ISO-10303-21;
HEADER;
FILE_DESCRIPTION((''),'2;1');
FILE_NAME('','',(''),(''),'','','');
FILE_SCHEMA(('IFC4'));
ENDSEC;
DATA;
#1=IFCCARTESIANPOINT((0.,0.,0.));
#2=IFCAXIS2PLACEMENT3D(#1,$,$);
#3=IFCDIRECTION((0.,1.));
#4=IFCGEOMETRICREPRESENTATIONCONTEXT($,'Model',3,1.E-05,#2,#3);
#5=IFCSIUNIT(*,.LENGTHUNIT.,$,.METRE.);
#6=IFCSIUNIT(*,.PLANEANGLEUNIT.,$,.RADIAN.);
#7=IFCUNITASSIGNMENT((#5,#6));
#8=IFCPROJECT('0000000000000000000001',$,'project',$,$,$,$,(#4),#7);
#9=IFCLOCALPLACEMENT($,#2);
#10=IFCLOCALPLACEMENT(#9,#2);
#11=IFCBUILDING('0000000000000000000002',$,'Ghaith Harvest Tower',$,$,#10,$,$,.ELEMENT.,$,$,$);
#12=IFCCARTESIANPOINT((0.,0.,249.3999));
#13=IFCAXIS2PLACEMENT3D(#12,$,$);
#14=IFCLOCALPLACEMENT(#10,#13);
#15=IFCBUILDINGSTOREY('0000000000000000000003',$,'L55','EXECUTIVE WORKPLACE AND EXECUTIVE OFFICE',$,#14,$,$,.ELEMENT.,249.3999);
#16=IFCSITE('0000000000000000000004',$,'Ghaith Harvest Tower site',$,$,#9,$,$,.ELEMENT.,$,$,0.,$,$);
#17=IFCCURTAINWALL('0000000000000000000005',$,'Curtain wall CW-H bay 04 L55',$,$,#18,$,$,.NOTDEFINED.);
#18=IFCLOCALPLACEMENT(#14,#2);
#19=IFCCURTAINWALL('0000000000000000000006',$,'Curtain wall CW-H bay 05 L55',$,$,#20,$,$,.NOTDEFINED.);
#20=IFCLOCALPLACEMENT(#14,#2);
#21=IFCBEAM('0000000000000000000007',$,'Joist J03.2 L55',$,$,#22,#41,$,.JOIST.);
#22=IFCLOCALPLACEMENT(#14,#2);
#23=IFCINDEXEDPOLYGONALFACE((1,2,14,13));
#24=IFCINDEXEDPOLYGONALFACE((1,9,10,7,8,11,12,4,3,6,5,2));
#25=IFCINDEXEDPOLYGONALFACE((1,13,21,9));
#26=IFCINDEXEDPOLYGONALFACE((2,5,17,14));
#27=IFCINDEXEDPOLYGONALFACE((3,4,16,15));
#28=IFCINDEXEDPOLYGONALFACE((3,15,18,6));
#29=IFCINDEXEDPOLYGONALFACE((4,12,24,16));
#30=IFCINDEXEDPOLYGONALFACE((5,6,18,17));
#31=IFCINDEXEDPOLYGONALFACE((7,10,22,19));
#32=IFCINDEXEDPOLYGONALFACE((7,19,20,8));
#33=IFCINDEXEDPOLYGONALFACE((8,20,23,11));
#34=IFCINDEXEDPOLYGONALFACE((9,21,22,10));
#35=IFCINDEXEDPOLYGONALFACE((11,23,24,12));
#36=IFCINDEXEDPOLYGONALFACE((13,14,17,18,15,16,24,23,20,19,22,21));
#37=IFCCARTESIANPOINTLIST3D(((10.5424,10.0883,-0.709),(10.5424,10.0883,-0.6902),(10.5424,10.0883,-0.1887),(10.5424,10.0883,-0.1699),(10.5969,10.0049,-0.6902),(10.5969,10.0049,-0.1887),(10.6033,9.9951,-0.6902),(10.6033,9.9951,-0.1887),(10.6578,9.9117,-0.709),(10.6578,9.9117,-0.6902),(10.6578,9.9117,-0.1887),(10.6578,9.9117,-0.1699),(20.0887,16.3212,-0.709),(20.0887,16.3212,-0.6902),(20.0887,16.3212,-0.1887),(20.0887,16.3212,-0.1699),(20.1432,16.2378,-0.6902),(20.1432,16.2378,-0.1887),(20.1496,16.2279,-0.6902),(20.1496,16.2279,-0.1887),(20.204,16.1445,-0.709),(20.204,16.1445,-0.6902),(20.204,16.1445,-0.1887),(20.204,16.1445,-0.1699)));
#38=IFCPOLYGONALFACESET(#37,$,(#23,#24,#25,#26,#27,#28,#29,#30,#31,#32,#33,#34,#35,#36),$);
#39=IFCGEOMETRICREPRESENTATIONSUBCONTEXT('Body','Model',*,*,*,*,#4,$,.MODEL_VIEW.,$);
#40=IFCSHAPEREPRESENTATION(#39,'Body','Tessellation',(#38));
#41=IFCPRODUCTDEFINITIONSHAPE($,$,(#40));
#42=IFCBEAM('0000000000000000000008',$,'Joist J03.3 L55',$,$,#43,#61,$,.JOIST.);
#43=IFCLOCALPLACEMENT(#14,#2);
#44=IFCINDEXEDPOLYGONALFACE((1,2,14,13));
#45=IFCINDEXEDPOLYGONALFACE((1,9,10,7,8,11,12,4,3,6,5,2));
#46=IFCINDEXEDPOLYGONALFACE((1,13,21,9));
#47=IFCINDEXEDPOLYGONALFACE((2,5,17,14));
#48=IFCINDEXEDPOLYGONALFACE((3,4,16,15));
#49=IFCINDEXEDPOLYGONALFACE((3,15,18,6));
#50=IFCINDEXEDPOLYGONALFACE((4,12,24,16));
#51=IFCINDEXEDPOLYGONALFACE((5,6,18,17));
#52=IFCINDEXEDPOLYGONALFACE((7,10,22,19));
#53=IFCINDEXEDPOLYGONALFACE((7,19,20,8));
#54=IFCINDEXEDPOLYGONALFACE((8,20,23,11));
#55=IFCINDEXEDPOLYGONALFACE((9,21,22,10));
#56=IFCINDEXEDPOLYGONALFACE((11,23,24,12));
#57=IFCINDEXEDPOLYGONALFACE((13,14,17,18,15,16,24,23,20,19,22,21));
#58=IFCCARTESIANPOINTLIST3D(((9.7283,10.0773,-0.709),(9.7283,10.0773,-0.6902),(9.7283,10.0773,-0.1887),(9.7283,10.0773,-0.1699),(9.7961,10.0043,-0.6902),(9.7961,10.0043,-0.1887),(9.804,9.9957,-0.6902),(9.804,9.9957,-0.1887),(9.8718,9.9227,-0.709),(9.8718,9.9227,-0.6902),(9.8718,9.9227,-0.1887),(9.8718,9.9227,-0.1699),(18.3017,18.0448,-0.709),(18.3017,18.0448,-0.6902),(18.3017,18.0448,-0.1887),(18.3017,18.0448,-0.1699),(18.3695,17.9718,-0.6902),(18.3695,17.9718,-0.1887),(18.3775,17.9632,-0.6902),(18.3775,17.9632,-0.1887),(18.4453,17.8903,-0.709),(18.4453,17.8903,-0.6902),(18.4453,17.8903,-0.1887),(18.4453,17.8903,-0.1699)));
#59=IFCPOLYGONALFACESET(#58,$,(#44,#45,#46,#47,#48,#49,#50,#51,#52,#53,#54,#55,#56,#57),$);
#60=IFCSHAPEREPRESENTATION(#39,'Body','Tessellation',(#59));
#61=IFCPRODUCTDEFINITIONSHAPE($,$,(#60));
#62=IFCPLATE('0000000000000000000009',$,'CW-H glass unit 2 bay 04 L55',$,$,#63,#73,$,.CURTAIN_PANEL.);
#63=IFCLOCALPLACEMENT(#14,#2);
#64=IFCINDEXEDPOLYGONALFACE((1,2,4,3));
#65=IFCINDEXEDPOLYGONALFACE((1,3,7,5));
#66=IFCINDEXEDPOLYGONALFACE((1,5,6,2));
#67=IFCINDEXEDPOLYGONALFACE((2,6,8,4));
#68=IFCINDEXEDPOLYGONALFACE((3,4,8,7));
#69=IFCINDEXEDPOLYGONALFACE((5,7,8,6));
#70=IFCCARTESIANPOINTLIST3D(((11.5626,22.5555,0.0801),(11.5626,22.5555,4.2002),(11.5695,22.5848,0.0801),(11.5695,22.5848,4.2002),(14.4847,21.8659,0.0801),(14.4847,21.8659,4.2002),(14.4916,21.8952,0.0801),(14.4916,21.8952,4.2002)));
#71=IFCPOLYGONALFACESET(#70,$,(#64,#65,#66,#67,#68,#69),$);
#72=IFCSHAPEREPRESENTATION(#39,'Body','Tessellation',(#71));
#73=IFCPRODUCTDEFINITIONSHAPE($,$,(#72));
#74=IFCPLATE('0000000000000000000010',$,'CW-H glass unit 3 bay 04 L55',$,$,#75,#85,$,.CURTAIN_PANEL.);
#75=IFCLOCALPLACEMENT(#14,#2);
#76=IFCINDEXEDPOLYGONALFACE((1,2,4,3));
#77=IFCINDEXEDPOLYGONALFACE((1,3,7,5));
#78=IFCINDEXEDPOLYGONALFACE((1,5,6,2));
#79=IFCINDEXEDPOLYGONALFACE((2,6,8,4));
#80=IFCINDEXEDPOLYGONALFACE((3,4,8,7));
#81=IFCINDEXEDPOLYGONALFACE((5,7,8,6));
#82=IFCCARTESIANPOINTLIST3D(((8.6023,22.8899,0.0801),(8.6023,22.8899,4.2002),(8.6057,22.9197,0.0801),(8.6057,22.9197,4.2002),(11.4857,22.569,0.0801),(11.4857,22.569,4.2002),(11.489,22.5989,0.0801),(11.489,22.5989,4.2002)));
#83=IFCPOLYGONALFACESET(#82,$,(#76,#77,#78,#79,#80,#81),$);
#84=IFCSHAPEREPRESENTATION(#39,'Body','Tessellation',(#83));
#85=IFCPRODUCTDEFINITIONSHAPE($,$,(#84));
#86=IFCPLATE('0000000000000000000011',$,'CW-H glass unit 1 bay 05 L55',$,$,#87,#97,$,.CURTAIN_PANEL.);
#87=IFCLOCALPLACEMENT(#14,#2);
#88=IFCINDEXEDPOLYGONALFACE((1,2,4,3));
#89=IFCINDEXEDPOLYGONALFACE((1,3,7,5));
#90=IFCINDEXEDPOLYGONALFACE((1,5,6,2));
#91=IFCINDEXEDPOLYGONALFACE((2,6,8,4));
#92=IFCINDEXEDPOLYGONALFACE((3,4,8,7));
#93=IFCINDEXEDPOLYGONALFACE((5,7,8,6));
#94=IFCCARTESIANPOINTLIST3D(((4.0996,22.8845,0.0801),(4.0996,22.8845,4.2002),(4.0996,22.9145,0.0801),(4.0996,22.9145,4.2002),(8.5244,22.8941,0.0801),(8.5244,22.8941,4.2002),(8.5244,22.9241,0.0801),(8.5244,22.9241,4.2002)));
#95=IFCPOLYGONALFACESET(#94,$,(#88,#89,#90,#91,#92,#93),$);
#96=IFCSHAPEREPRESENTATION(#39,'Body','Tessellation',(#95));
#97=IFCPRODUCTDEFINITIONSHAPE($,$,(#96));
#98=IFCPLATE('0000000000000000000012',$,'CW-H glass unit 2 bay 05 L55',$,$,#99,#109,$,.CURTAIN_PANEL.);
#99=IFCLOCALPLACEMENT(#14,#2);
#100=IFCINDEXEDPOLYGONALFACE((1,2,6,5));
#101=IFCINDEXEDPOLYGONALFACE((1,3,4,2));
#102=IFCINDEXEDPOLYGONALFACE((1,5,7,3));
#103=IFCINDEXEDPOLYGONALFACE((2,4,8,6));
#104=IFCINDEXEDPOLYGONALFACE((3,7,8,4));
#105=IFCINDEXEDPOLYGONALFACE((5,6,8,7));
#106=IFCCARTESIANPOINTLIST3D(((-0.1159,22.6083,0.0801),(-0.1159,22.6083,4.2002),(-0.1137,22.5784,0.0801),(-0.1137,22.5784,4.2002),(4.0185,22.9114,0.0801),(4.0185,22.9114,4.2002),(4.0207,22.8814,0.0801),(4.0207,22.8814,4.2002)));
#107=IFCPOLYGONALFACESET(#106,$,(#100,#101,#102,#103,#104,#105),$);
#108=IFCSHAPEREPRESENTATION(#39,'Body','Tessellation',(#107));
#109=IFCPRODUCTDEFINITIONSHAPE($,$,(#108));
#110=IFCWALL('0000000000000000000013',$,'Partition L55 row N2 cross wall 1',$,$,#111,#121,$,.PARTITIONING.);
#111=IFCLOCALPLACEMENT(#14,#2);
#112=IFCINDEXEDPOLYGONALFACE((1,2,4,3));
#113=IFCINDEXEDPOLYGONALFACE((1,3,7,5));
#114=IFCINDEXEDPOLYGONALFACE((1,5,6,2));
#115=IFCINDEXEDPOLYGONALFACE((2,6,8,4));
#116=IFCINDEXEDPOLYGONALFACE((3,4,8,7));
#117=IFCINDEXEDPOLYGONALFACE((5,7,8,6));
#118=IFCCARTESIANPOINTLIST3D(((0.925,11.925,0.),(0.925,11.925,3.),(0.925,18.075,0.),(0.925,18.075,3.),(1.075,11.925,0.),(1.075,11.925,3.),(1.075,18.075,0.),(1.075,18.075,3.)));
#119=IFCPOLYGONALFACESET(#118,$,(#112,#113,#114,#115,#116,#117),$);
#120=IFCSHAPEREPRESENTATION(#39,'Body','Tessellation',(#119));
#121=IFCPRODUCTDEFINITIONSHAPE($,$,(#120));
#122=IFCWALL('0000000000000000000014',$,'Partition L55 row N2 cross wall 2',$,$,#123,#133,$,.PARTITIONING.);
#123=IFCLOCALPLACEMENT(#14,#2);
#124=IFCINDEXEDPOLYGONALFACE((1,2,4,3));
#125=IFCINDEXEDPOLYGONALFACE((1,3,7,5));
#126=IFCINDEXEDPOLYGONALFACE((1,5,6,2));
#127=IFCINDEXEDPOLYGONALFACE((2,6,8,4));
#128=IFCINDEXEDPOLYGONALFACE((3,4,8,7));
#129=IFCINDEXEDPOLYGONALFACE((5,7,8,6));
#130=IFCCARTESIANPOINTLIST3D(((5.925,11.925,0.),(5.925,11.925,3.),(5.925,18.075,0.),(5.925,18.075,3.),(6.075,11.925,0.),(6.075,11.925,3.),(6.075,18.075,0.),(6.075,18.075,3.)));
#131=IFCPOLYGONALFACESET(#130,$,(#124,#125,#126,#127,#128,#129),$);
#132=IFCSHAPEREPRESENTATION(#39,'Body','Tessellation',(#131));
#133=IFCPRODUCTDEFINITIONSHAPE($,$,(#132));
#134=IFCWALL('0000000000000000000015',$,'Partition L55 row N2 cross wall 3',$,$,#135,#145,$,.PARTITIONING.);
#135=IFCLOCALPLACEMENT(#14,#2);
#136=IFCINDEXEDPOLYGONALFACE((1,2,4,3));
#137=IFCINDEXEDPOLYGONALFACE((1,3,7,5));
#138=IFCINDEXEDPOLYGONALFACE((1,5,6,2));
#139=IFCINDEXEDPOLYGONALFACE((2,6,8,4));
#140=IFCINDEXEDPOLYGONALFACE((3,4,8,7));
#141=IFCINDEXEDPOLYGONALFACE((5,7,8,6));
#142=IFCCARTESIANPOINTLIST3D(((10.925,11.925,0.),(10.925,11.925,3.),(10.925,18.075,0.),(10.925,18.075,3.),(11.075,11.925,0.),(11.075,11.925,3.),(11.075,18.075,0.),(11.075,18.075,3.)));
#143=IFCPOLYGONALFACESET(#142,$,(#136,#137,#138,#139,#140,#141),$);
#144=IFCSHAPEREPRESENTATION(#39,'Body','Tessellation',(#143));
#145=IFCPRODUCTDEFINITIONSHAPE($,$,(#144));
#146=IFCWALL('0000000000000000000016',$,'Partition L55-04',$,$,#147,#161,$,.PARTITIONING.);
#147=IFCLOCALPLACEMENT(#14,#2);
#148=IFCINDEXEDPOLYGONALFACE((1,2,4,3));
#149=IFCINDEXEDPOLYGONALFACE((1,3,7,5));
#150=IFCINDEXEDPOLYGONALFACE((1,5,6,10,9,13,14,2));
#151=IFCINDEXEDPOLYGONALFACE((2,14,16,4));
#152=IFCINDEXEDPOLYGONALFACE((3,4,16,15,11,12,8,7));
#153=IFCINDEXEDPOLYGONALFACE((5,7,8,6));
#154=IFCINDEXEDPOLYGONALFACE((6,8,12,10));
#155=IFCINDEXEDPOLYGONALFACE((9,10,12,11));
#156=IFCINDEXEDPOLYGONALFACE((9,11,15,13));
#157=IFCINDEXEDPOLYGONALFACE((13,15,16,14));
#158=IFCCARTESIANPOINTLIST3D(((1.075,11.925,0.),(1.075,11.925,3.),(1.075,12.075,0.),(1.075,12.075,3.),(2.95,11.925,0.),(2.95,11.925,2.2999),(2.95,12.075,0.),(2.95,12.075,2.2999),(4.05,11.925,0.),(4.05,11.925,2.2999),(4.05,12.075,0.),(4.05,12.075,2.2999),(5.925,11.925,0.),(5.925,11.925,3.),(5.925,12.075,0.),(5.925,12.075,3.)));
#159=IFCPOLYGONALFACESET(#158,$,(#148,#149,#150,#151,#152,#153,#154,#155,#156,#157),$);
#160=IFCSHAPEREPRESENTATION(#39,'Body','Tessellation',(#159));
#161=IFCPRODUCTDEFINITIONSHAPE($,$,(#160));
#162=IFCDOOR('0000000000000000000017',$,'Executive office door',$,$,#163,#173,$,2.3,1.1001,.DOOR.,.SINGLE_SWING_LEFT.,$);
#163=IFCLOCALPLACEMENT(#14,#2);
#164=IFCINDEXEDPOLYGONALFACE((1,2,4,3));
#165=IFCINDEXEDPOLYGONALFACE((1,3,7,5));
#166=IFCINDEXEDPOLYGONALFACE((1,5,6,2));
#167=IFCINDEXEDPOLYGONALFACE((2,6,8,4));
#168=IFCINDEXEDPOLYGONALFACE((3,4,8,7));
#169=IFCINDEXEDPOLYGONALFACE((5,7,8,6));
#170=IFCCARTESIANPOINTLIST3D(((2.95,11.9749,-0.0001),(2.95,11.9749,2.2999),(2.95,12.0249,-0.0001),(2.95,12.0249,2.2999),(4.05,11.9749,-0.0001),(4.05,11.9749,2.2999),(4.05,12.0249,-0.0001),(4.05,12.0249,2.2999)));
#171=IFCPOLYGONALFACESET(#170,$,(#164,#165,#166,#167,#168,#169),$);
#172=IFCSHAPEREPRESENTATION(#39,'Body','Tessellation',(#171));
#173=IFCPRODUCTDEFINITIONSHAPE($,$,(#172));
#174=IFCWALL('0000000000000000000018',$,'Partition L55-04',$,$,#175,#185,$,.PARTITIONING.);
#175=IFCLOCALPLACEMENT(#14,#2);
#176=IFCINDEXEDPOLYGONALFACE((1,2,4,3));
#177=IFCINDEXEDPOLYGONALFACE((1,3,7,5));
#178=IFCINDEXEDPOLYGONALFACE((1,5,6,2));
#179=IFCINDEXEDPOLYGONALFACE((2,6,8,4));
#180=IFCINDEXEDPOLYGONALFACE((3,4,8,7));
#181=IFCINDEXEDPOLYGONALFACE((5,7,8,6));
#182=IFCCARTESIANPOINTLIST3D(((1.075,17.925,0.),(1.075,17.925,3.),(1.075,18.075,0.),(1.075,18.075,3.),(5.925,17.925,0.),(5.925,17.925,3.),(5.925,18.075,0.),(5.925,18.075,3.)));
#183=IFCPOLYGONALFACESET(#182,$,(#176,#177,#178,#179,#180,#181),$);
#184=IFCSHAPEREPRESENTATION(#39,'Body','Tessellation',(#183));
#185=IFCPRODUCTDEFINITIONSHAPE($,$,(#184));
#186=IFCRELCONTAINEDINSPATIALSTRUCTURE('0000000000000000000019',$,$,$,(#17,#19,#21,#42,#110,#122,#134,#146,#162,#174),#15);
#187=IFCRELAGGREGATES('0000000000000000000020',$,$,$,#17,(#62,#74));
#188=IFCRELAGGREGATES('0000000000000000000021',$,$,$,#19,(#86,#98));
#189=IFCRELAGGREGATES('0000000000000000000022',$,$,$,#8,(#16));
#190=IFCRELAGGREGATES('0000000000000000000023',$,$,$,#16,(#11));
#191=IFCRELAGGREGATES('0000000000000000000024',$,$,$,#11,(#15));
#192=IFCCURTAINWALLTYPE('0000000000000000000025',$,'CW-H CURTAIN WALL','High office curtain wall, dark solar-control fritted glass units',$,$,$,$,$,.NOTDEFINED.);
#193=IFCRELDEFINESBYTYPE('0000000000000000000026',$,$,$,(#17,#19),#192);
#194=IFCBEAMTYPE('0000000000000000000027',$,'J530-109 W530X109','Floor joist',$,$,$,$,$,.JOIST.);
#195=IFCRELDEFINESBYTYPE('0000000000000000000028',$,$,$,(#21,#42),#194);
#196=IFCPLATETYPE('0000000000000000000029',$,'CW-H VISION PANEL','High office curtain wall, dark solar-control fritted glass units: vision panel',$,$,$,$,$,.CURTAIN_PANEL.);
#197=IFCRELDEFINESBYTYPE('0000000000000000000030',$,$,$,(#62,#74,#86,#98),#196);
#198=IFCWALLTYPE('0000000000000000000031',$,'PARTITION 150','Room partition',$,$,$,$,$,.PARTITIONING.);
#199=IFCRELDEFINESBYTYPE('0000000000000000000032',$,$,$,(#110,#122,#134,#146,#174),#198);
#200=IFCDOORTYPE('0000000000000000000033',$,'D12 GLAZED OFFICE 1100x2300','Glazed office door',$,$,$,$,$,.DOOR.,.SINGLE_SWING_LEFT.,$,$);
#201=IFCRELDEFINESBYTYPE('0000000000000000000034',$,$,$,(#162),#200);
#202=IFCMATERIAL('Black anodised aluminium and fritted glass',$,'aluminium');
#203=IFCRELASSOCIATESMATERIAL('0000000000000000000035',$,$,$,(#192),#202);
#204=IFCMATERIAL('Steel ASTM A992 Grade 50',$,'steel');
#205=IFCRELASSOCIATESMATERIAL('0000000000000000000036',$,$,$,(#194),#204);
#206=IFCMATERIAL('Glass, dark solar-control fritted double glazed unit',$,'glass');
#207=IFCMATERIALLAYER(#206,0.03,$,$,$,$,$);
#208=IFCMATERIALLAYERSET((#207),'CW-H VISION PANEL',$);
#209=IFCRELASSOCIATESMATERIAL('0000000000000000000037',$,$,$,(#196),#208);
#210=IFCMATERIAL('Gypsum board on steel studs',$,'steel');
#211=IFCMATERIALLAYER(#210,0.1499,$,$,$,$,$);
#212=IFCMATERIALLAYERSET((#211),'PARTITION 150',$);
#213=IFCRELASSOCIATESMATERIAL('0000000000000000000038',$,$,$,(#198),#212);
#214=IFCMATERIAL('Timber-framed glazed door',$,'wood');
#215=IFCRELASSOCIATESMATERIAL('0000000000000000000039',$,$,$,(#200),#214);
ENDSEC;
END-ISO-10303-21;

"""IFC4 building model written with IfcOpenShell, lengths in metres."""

from ifc_helpers import new_model, si_unit, direction, frame, frame_2d, origin, origin_2d, place, context, subcontext, project, spatial, rectangle, i_section, extrude, material, layer, layer_set, material_profile, profile_set, type_object, element, fill, aggregate, save


model = new_model("IFC4")

# Units and contexts
model_context = context("Model", 3, precision=1e-05, world=origin(), true_north=direction((0.0, 1.0)))
body_context = subcontext(model_context, "Body", "Model", "MODEL_VIEW")
ifc_project = project(units=[si_unit("LENGTHUNIT", "METRE"), si_unit("PLANEANGLEUNIT", "RADIAN")], contexts=[model_context])

# Site, building, storey
site_placement = place(None, origin())
site = spatial("IfcSite", under=ifc_project, at=site_placement, Name="Ghaith Harvest Tower site", CompositionType="ELEMENT", RefElevation=0.0)
building_placement = place(site_placement, origin())
building = spatial("IfcBuilding", under=site, at=building_placement, Name="Ghaith Harvest Tower", CompositionType="ELEMENT")
storey_placement = place(building_placement, frame((0.0, 0.0, 249.3999)))
storey = spatial("IfcBuildingStorey", under=building, at=storey_placement, Name="L55", Description="EXECUTIVE WORKPLACE AND EXECUTIVE OFFICE", CompositionType="ELEMENT", Elevation=249.3999)

# Curtain wall
ifc_material_1 = material(Name="Black anodised aluminium and fritted glass", Category="aluminium")
curtain_wall_type = type_object("IfcCurtainWallType", Name="CW-H CURTAIN WALL", Description="High office curtain wall, dark solar-control fritted glass units", PredefinedType="NOTDEFINED", material=ifc_material_1)
curtain_wall_1_placement = place(storey_placement, origin())
curtain_wall_1 = element("IfcCurtainWall", 1, at=curtain_wall_1_placement, inside=storey, type_object=curtain_wall_type, Name="Curtain wall CW-H bay 04 L55", PredefinedType="NOTDEFINED")

# Curtain wall
curtain_wall_2_placement = place(storey_placement, origin())
curtain_wall_2 = element("IfcCurtainWall", 2, at=curtain_wall_2_placement, inside=storey, type_object=curtain_wall_type, Name="Curtain wall CW-H bay 05 L55", PredefinedType="NOTDEFINED")

# Beams
ifc_material_2 = material(Name="Steel ASTM A992 Grade 50", Category="steel")
ifc_material_profile_1 = material_profile(ifc_material_2, i_section(OverallWidth=0.2109, OverallDepth=0.5391, WebThickness=0.0117, FlangeThickness=0.0188, at=origin_2d()), Name="W530X109")
ifc_profile_set_1 = profile_set([ifc_material_profile_1], Name="Steel ASTM A992 Grade 50")
beam_type_1 = type_object("IfcBeamType", Name="J530-109 W530X109", Description="Floor joist", PredefinedType="JOIST", material=ifc_profile_set_1)
beam_1_placement = place(storey_placement, frame((10.6001, 10.0, -0.4395), z_axis=(0.837329, 0.546699, 0.0), x_axis=(-0.546699, 0.837329, 0.0)))
element("IfcBeam", 3, at=beam_1_placement, inside=storey, type_object=beam_type_1, Name="Joist J03.2 L55", PredefinedType="JOIST", context=body_context, shape_type="SweptSolid", body=[
    extrude(i_section(OverallWidth=0.2109, OverallDepth=0.5391, WebThickness=0.0117, FlangeThickness=0.0188, at=origin_2d()), origin(), (0.0, 0.0, 1.0), 11.4009),
])
beam_2_placement = place(storey_placement, frame((9.8, 10.0, -0.4395), z_axis=(0.732519, 0.680746, 0.0), x_axis=(-0.680746, 0.732519, 0.0)))
element("IfcBeam", 4, at=beam_2_placement, inside=storey, type_object=beam_type_1, Name="Joist J03.3 L55", PredefinedType="JOIST", context=body_context, shape_type="SweptSolid", body=[
    extrude(i_section(OverallWidth=0.2109, OverallDepth=0.5391, WebThickness=0.0117, FlangeThickness=0.0188, at=origin_2d()), origin(), (0.0, 0.0, 1.0), 11.7041),
])

# Plates
ifc_material_3 = material(Name="Glass, dark solar-control fritted double glazed unit", Category="glass")
ifc_layer_1 = layer(ifc_material_3, 0.03)
ifc_layer_set_1 = layer_set([ifc_layer_1], Name="CW-H VISION PANEL")
plate_type = type_object("IfcPlateType", Name="CW-H VISION PANEL", Description="High office curtain wall, dark solar-control fritted glass units: vision panel", PredefinedType="CURTAIN_PANEL", material=ifc_layer_set_1)
plate_1_placement = place(storey_placement, frame((13.0271, 22.2253, 0.0801), z_axis=(0.0, 0.0, 1.0), x_axis=(-0.973266, 0.22968, 0.0)))
plate_1 = element("IfcPlate", 5, at=plate_1_placement, type_object=plate_type, Name="CW-H glass unit 2 bay 04 L55", PredefinedType="CURTAIN_PANEL", context=body_context, shape_type="SweptSolid", body=[
    extrude(rectangle(XDim=3.0024, YDim=0.03, at=origin_2d()), origin(), (0.0, 0.0, 1.0), 4.1201),
])
plate_2_placement = place(storey_placement, frame((10.0457, 22.7444, 0.0801), z_axis=(0.0, 0.0, 1.0), x_axis=(-0.993865, 0.110598, 0.0)))
plate_2 = element("IfcPlate", 6, at=plate_2_placement, type_object=plate_type, Name="CW-H glass unit 3 bay 04 L55", PredefinedType="CURTAIN_PANEL", context=body_context, shape_type="SweptSolid", body=[
    extrude(rectangle(XDim=2.9011, YDim=0.03, at=origin_2d()), origin(), (0.0, 0.0, 1.0), 4.1201),
])
aggregate(curtain_wall_1, [plate_1, plate_2])
plate_3_placement = place(storey_placement, frame((6.312, 22.9043, 0.0801), z_axis=(0.0, 0.0, 1.0), x_axis=(-0.999998, -0.002171, 0.0)))
plate_3 = element("IfcPlate", 7, at=plate_3_placement, type_object=plate_type, Name="CW-H glass unit 1 bay 05 L55", PredefinedType="CURTAIN_PANEL", context=body_context, shape_type="SweptSolid", body=[
    extrude(rectangle(XDim=4.4248, YDim=0.03, at=origin_2d()), origin(), (0.0, 0.0, 1.0), 4.1201),
])
plate_4_placement = place(storey_placement, frame((1.9524, 22.7449, 0.0801), z_axis=(0.0, 0.0, 1.0), x_axis=(-0.997325, -0.073101, 0.0)))
plate_4 = element("IfcPlate", 8, at=plate_4_placement, type_object=plate_type, Name="CW-H glass unit 2 bay 05 L55", PredefinedType="CURTAIN_PANEL", context=body_context, shape_type="SweptSolid", body=[
    extrude(rectangle(XDim=4.1455, YDim=0.03, at=origin_2d()), origin(), (0.0, 0.0, 1.0), 4.1201),
])
aggregate(curtain_wall_2, [plate_3, plate_4])

# Walls
ifc_material_4 = material(Name="Gypsum board on steel studs", Category="steel")
ifc_layer_2 = layer(ifc_material_4, 0.1499)
ifc_layer_set_2 = layer_set([ifc_layer_2], Name="PARTITION 150")
wall_type = type_object("IfcWallType", Name="PARTITION 150", Description="Room partition", PredefinedType="PARTITIONING", material=ifc_layer_set_2)
for number, where, z_axis, x_axis, name in (
    (9, (1.0, 11.925, 0.0), (0.0, 0.0, 1.0), (0.0, 1.0, 0.0), "Partition L55 row N2 cross wall 1"),
    (10, (6.0, 11.925, 0.0), (0.0, 0.0, 1.0), (0.0, 1.0, 0.0), "Partition L55 row N2 cross wall 2"),
    (11, (11.0, 11.925, 0.0), (0.0, 0.0, 1.0), (0.0, 1.0, 0.0), "Partition L55 row N2 cross wall 3"),
):
    element("IfcWall", number, at=place(storey_placement, frame(where, z_axis=z_axis, x_axis=x_axis)), inside=storey, type_object=wall_type, Name=name, PredefinedType="PARTITIONING", context=body_context, shape_type="SweptSolid", body=[
        extrude(rectangle(XDim=6.1499, YDim=0.1499, at=frame_2d((3.075, 0.0))), origin(), (0.0, 0.0, 1.0), 3.0),
    ])

# Wall, opening, door
wall_1_placement = place(storey_placement, frame((1.075, 12.0, 0.0), z_axis=(0.0, 0.0, 1.0), x_axis=(1.0, 0.0, 0.0)))
wall_1 = element("IfcWall", 12, at=wall_1_placement, inside=storey, type_object=wall_type, Name="Partition L55-04", PredefinedType="PARTITIONING", context=body_context, shape_type="SweptSolid", body=[
    extrude(rectangle(XDim=4.8501, YDim=0.1499, at=frame_2d((2.425, 0.0))), origin(), (0.0, 0.0, 1.0), 3.0),
])
opening_1_placement = place(wall_1_placement, frame((1.875, 0.0, 0.0)))
opening_1 = element("IfcOpeningElement", 13, at=opening_1_placement, cuts=wall_1, PredefinedType="OPENING", context=body_context, shape_type="SweptSolid", body=[
    extrude(rectangle(XDim=1.1001, YDim=2.3, at=frame_2d((0.55, 1.1499))), frame((0.0, 0.085, 0.0), z_axis=(0.0, -1.0, 0.0), x_axis=(1.0, 0.0, 0.0)), (0.0, 0.0, 1.0), 0.1699),
])
ifc_material_5 = material(Name="Timber-framed glazed door", Category="wood")
door_type = type_object("IfcDoorType", Name="D12 GLAZED OFFICE 1100x2300", Description="Glazed office door", OperationType="SINGLE_SWING_LEFT", PredefinedType="DOOR", material=ifc_material_5)
door_1_placement = place(opening_1_placement, origin())
door_1 = element("IfcDoor", 14, at=door_1_placement, inside=storey, type_object=door_type, Name="Executive office door", OperationType="SINGLE_SWING_LEFT", OverallHeight=2.3, OverallWidth=1.1001, PredefinedType="DOOR", context=body_context, shape_type="SweptSolid", body=[
    extrude(rectangle(XDim=1.1001, YDim=2.3, at=frame_2d((0.55, 1.1499))), frame((0.0, 0.0249, 0.0), z_axis=(0.0, -1.0, 0.0), x_axis=(1.0, 0.0, 0.0)), (0.0, 0.0, 1.0), 0.05),
])
fill(opening_1, door_1)

# Wall
wall_2_placement = place(storey_placement, frame((1.075, 18.0, 0.0), z_axis=(0.0, 0.0, 1.0), x_axis=(1.0, 0.0, 0.0)))
element("IfcWall", 15, at=wall_2_placement, inside=storey, type_object=wall_type, Name="Partition L55-04", PredefinedType="PARTITIONING", context=body_context, shape_type="SweptSolid", body=[
    extrude(rectangle(XDim=4.8501, YDim=0.1499, at=frame_2d((2.425, 0.0))), origin(), (0.0, 0.0, 1.0), 3.0),
])

save(model, "model.ifc")
